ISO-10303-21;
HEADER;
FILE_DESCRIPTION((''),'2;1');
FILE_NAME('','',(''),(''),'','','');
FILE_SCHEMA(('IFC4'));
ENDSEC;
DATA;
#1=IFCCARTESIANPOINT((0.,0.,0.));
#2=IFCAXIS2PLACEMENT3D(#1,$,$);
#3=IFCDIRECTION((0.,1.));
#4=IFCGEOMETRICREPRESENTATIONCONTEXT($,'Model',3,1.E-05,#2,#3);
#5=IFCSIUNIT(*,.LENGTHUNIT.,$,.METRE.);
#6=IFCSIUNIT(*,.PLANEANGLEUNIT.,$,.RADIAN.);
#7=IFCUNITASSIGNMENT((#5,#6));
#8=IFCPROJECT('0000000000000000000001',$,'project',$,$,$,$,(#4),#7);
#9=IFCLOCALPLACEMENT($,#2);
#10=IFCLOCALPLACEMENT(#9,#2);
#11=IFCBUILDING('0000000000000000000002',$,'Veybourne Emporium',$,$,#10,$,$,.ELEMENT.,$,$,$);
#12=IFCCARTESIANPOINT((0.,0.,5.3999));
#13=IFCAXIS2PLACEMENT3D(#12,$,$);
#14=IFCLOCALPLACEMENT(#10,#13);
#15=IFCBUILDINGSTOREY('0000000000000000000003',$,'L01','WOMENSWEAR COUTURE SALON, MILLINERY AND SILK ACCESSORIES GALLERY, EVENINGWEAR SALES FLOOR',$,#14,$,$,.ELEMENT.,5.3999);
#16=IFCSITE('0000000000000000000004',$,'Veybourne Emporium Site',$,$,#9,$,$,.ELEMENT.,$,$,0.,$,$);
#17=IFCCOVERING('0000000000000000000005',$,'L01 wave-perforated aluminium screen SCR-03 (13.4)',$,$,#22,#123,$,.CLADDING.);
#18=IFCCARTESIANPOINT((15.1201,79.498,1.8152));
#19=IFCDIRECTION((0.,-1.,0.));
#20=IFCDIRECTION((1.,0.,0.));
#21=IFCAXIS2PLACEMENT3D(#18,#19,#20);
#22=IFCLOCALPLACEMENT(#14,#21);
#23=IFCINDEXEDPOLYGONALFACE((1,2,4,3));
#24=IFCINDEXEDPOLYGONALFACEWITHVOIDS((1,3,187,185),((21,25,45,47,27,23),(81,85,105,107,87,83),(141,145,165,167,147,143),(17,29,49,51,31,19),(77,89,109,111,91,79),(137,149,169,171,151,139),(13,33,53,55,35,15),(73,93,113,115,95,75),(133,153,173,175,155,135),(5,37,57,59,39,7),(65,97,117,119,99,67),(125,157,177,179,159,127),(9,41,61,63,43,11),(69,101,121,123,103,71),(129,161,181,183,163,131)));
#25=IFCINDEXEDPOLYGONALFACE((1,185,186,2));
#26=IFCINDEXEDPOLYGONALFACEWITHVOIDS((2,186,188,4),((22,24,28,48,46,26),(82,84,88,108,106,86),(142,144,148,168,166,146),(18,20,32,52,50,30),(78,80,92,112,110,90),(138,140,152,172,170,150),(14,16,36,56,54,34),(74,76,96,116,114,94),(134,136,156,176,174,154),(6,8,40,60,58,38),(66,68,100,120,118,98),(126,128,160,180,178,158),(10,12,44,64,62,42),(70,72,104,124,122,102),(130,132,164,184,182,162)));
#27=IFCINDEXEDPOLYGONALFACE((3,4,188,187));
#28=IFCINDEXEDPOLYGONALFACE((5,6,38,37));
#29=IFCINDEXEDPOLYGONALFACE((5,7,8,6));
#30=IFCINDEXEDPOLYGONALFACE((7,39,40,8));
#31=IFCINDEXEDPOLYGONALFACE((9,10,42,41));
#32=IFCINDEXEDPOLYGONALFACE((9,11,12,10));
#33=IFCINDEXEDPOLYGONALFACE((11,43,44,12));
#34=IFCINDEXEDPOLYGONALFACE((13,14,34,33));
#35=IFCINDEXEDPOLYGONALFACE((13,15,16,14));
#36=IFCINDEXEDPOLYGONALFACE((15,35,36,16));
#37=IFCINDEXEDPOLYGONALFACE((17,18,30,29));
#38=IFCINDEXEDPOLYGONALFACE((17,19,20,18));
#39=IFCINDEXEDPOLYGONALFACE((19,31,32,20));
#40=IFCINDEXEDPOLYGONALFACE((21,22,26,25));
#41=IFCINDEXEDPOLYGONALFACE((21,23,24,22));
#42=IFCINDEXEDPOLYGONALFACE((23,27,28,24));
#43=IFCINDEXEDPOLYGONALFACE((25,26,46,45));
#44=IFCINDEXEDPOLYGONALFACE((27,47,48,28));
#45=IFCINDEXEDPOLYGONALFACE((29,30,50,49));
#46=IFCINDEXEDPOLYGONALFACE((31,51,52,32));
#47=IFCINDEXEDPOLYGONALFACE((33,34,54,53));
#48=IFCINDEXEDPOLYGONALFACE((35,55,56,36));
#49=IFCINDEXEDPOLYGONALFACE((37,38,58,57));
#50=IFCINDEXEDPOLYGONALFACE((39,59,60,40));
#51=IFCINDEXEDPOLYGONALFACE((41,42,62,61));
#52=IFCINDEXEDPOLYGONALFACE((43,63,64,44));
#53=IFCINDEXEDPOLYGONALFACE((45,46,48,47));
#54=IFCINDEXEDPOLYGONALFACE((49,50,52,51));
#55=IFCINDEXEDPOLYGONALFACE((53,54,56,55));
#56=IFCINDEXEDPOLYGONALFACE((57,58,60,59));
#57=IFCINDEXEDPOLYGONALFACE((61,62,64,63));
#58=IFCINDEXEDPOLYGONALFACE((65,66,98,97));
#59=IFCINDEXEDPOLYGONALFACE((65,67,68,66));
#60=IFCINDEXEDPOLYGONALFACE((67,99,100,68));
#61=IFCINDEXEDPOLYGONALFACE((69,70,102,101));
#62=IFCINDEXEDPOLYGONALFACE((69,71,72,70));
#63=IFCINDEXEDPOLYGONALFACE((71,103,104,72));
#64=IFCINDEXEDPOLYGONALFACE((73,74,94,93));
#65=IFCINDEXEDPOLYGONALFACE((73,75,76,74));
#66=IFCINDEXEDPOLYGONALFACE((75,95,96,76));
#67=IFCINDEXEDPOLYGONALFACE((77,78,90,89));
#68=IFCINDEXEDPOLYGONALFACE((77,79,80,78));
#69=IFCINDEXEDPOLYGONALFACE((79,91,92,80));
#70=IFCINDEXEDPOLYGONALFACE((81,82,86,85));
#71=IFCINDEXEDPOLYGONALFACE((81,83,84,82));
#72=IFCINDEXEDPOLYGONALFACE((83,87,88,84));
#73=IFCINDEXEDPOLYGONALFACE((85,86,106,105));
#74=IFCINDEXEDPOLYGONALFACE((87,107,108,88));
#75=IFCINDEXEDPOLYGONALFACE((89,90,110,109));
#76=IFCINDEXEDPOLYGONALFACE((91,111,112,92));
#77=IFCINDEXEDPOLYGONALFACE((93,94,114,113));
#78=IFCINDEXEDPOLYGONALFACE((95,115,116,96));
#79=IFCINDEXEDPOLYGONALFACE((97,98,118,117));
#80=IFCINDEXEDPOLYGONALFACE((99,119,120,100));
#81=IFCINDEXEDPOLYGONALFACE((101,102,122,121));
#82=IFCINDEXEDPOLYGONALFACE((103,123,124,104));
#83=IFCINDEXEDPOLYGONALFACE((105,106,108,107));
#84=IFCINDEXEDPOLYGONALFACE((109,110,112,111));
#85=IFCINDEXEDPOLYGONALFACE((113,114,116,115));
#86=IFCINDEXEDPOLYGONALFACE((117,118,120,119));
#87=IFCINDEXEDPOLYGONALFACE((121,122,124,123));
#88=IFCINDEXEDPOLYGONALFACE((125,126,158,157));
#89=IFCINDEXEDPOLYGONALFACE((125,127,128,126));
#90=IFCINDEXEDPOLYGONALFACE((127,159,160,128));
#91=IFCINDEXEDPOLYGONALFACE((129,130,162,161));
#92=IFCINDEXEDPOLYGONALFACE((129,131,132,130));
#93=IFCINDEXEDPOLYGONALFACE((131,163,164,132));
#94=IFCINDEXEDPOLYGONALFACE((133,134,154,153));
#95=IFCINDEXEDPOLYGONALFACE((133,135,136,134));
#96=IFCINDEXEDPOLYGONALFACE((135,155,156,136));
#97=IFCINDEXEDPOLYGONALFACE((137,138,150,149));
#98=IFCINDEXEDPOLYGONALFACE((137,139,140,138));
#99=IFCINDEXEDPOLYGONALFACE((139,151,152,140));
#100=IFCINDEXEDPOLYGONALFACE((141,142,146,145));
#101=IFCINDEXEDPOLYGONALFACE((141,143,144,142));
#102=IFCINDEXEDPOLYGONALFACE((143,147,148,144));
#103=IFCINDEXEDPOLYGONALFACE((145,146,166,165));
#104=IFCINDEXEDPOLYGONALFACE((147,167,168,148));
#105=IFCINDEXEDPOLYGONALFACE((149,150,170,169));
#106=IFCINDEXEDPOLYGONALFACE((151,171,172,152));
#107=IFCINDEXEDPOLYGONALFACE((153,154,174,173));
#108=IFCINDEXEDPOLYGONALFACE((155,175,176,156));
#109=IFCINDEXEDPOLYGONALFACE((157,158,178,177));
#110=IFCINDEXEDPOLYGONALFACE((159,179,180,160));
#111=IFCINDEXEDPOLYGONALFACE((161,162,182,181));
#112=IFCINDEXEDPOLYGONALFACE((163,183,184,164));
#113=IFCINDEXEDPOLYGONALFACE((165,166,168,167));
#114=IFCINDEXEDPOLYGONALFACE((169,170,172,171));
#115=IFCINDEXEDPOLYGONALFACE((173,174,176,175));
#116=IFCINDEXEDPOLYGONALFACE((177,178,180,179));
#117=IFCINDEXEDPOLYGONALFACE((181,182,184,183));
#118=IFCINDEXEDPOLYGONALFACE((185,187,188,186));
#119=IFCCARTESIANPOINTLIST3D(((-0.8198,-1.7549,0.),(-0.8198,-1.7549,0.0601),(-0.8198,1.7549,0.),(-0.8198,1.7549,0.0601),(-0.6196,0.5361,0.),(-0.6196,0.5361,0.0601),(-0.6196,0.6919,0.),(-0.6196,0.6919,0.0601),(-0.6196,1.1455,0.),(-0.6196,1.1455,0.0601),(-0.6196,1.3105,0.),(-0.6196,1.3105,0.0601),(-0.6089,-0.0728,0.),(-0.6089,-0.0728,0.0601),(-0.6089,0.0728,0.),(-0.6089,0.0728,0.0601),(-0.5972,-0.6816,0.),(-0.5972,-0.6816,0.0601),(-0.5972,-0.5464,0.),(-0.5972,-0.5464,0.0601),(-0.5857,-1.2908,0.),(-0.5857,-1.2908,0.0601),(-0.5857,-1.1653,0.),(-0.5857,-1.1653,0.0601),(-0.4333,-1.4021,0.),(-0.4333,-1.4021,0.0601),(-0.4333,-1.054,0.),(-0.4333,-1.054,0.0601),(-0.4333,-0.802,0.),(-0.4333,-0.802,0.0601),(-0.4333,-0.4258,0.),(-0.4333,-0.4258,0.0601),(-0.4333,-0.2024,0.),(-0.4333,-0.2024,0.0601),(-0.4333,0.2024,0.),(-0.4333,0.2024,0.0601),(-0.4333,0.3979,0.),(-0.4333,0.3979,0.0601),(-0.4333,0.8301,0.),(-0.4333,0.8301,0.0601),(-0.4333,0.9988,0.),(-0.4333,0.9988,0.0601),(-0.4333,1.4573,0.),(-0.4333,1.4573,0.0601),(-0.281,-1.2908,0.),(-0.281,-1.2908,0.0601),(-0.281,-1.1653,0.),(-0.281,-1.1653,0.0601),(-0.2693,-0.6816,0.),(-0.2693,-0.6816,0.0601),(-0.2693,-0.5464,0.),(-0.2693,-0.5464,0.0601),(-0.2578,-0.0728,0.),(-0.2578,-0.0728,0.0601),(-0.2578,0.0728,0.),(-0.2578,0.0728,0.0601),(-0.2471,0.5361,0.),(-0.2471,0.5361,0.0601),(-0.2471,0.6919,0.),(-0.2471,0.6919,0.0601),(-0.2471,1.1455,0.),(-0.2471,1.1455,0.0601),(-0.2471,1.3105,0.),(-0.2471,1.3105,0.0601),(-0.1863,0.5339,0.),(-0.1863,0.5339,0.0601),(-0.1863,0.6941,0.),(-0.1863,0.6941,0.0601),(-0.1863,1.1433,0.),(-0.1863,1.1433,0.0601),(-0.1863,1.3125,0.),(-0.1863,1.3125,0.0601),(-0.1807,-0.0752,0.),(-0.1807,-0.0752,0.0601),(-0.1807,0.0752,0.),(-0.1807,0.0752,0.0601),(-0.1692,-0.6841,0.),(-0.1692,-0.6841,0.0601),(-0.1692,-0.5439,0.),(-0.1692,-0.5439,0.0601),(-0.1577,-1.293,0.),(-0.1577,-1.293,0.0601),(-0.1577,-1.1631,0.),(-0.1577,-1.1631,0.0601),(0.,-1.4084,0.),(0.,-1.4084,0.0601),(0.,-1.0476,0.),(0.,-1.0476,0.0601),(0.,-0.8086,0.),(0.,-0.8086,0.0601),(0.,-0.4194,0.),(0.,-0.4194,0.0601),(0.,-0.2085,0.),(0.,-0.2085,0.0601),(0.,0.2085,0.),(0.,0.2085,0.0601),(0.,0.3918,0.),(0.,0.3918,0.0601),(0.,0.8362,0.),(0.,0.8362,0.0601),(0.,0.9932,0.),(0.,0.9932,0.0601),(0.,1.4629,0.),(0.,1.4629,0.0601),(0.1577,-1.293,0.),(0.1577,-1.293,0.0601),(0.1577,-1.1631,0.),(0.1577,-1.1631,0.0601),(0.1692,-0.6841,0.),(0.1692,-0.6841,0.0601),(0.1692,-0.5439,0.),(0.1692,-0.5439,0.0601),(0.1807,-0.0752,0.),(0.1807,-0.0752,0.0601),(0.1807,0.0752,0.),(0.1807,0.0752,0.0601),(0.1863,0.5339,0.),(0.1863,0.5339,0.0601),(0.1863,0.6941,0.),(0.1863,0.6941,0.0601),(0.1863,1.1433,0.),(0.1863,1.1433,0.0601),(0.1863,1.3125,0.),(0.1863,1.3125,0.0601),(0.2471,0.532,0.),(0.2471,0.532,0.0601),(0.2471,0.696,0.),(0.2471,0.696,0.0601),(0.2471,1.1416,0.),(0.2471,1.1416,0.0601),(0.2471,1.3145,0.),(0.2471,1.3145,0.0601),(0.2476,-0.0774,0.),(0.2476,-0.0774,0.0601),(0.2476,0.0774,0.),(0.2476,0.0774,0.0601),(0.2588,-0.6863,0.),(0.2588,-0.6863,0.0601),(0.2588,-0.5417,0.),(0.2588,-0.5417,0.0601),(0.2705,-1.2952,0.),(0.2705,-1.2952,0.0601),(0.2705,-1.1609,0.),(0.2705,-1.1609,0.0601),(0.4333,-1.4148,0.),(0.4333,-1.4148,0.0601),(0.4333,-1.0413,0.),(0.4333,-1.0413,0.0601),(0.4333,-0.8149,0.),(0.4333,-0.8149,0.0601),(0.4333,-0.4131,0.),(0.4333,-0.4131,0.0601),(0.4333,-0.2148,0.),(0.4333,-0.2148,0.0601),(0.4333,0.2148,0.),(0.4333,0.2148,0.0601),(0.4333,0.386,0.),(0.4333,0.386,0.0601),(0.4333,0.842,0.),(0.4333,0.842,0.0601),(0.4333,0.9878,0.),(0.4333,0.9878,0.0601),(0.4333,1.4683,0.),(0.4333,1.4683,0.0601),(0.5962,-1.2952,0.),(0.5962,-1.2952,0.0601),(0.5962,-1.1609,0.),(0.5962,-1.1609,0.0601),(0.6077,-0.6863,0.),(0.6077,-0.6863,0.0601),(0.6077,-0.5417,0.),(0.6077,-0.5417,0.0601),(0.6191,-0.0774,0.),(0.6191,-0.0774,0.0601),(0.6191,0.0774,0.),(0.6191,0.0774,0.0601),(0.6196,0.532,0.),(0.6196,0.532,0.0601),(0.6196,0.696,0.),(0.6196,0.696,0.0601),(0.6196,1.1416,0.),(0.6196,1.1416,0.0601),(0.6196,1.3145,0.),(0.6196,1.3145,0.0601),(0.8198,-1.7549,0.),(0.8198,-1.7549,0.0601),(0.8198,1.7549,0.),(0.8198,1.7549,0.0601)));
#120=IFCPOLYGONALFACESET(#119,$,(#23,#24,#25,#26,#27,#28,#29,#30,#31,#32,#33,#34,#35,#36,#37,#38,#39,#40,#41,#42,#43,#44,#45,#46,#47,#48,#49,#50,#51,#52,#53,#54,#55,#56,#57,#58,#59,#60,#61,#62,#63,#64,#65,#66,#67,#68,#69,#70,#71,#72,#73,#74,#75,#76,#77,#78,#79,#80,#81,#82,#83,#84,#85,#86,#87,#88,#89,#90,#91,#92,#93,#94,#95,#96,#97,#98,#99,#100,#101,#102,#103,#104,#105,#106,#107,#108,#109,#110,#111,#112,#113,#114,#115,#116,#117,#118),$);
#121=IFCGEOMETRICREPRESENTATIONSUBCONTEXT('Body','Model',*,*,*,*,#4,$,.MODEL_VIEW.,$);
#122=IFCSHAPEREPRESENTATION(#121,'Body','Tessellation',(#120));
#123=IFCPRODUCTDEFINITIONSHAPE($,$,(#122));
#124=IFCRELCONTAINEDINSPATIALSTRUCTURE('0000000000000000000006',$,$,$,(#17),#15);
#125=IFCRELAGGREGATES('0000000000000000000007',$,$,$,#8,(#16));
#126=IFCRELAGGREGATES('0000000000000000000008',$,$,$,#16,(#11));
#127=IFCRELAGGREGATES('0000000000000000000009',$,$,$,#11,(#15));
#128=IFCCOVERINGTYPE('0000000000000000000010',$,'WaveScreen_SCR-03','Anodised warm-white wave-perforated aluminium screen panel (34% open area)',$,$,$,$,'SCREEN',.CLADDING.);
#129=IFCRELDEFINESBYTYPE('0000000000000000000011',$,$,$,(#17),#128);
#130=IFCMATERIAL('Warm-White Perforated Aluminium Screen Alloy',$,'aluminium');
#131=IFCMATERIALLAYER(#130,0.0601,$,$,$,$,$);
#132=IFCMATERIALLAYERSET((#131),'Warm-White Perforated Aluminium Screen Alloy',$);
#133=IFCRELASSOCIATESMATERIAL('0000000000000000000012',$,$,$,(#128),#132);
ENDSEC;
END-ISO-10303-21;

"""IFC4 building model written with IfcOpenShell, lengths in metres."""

from ifc_helpers import new_model, si_unit, direction, frame, origin, place, context, subcontext, project, spatial, polyline, outline, extrude, material, layer, layer_set, type_object, element, save


model = new_model("IFC4")

# Units and contexts
model_context = context("Model", 3, precision=1e-05, world=origin(), true_north=direction((0.0, 1.0)))
body_context = subcontext(model_context, "Body", "Model", "MODEL_VIEW")
ifc_project = project(units=[si_unit("LENGTHUNIT", "METRE"), si_unit("PLANEANGLEUNIT", "RADIAN")], contexts=[model_context])

# Site, building, storey
site_placement = place(None, origin())
site = spatial("IfcSite", under=ifc_project, at=site_placement, Name="Veybourne Emporium Site", CompositionType="ELEMENT", RefElevation=0.0)
building_placement = place(site_placement, origin())
building = spatial("IfcBuilding", under=site, at=building_placement, Name="Veybourne Emporium", CompositionType="ELEMENT")
storey_placement = place(building_placement, frame((0.0, 0.0, 5.3999)))
storey = spatial("IfcBuildingStorey", under=building, at=storey_placement, Name="L01", Description="WOMENSWEAR COUTURE SALON, MILLINERY AND SILK ACCESSORIES GALLERY, EVENINGWEAR SALES FLOOR", CompositionType="ELEMENT", Elevation=5.3999)

# Covering
ifc_material_1 = material(Name="Warm-White Perforated Aluminium Screen Alloy", Category="aluminium")
ifc_layer_1 = layer(ifc_material_1, 0.0601)
ifc_layer_set_1 = layer_set([ifc_layer_1], Name="Warm-White Perforated Aluminium Screen Alloy")
covering_type_1 = type_object("IfcCoveringType", Name="WaveScreen_SCR-03", Description="Anodised warm-white wave-perforated aluminium screen panel (34% open area)", ElementType="SCREEN", PredefinedType="CLADDING", material=ifc_layer_set_1)
covering_1_placement = place(storey_placement, frame((15.1201, 79.498, 1.8152), z_axis=(0.0, -1.0, 0.0), x_axis=(1.0, 0.0, 0.0)))
element("IfcCovering", 1, at=covering_1_placement, inside=storey, type_object=covering_type_1, Name="L01 wave-perforated aluminium screen SCR-03 (13.4)", PredefinedType="CLADDING", context=body_context, shape_type="SweptSolid", body=[
    extrude(outline(polyline([(-0.8198, -1.7549), (0.8198, -1.7549), (0.8198, 1.7549), (-0.8198, 1.7549), (-0.8198, -1.7549)]), holes=[polyline([(-0.4333, -1.054), (-0.281, -1.1653), (-0.281, -1.2908), (-0.4333, -1.4021), (-0.5857, -1.2908), (-0.5857, -1.1653), (-0.4333, -1.054)]), polyline([(-0.4333, -0.4258), (-0.2693, -0.5464), (-0.2693, -0.6816), (-0.4333, -0.802), (-0.5972, -0.6816), (-0.5972, -0.5464), (-0.4333, -0.4258)]), polyline([(-0.4333, 0.2024), (-0.2578, 0.0728), (-0.2578, -0.0728), (-0.4333, -0.2024), (-0.6089, -0.0728), (-0.6089, 0.0728), (-0.4333, 0.2024)]), polyline([(-0.4333, 0.8301), (-0.2471, 0.6919), (-0.2471, 0.5361), (-0.4333, 0.3979), (-0.6196, 0.5361), (-0.6196, 0.6919), (-0.4333, 0.8301)]), polyline([(-0.4333, 1.4573), (-0.2471, 1.3105), (-0.2471, 1.1455), (-0.4333, 0.9988), (-0.6196, 1.1455), (-0.6196, 1.3105), (-0.4333, 1.4573)]), polyline([(0.0, -1.0476), (0.1577, -1.1631), (0.1577, -1.293), (0.0, -1.4084), (-0.1577, -1.293), (-0.1577, -1.1631), (0.0, -1.0476)]), polyline([(0.0, -0.4194), (0.1692, -0.5439), (0.1692, -0.6841), (0.0, -0.8086), (-0.1692, -0.6841), (-0.1692, -0.5439), (0.0, -0.4194)]), polyline([(0.0, 0.2085), (0.1807, 0.0752), (0.1807, -0.0752), (0.0, -0.2085), (-0.1807, -0.0752), (-0.1807, 0.0752), (0.0, 0.2085)]), polyline([(0.0, 0.8362), (0.1863, 0.6941), (0.1863, 0.5339), (0.0, 0.3918), (-0.1863, 0.5339), (-0.1863, 0.6941), (0.0, 0.8362)]), polyline([(0.0, 1.4629), (0.1863, 1.3125), (0.1863, 1.1433), (0.0, 0.9932), (-0.1863, 1.1433), (-0.1863, 1.3125), (0.0, 1.4629)]), polyline([(0.4333, -1.0413), (0.5962, -1.1609), (0.5962, -1.2952), (0.4333, -1.4148), (0.2705, -1.2952), (0.2705, -1.1609), (0.4333, -1.0413)]), polyline([(0.4333, -0.4131), (0.6077, -0.5417), (0.6077, -0.6863), (0.4333, -0.8149), (0.2588, -0.6863), (0.2588, -0.5417), (0.4333, -0.4131)]), polyline([(0.4333, 0.2148), (0.6191, 0.0774), (0.6191, -0.0774), (0.4333, -0.2148), (0.2476, -0.0774), (0.2476, 0.0774), (0.4333, 0.2148)]), polyline([(0.4333, 0.842), (0.6196, 0.696), (0.6196, 0.532), (0.4333, 0.386), (0.2471, 0.532), (0.2471, 0.696), (0.4333, 0.842)]), polyline([(0.4333, 1.4683), (0.6196, 1.3145), (0.6196, 1.1416), (0.4333, 0.9878), (0.2471, 1.1416), (0.2471, 1.3145), (0.4333, 1.4683)])]), origin(), (0.0, 0.0, 1.0), 0.0601),
])

save(model, "model.ifc")
